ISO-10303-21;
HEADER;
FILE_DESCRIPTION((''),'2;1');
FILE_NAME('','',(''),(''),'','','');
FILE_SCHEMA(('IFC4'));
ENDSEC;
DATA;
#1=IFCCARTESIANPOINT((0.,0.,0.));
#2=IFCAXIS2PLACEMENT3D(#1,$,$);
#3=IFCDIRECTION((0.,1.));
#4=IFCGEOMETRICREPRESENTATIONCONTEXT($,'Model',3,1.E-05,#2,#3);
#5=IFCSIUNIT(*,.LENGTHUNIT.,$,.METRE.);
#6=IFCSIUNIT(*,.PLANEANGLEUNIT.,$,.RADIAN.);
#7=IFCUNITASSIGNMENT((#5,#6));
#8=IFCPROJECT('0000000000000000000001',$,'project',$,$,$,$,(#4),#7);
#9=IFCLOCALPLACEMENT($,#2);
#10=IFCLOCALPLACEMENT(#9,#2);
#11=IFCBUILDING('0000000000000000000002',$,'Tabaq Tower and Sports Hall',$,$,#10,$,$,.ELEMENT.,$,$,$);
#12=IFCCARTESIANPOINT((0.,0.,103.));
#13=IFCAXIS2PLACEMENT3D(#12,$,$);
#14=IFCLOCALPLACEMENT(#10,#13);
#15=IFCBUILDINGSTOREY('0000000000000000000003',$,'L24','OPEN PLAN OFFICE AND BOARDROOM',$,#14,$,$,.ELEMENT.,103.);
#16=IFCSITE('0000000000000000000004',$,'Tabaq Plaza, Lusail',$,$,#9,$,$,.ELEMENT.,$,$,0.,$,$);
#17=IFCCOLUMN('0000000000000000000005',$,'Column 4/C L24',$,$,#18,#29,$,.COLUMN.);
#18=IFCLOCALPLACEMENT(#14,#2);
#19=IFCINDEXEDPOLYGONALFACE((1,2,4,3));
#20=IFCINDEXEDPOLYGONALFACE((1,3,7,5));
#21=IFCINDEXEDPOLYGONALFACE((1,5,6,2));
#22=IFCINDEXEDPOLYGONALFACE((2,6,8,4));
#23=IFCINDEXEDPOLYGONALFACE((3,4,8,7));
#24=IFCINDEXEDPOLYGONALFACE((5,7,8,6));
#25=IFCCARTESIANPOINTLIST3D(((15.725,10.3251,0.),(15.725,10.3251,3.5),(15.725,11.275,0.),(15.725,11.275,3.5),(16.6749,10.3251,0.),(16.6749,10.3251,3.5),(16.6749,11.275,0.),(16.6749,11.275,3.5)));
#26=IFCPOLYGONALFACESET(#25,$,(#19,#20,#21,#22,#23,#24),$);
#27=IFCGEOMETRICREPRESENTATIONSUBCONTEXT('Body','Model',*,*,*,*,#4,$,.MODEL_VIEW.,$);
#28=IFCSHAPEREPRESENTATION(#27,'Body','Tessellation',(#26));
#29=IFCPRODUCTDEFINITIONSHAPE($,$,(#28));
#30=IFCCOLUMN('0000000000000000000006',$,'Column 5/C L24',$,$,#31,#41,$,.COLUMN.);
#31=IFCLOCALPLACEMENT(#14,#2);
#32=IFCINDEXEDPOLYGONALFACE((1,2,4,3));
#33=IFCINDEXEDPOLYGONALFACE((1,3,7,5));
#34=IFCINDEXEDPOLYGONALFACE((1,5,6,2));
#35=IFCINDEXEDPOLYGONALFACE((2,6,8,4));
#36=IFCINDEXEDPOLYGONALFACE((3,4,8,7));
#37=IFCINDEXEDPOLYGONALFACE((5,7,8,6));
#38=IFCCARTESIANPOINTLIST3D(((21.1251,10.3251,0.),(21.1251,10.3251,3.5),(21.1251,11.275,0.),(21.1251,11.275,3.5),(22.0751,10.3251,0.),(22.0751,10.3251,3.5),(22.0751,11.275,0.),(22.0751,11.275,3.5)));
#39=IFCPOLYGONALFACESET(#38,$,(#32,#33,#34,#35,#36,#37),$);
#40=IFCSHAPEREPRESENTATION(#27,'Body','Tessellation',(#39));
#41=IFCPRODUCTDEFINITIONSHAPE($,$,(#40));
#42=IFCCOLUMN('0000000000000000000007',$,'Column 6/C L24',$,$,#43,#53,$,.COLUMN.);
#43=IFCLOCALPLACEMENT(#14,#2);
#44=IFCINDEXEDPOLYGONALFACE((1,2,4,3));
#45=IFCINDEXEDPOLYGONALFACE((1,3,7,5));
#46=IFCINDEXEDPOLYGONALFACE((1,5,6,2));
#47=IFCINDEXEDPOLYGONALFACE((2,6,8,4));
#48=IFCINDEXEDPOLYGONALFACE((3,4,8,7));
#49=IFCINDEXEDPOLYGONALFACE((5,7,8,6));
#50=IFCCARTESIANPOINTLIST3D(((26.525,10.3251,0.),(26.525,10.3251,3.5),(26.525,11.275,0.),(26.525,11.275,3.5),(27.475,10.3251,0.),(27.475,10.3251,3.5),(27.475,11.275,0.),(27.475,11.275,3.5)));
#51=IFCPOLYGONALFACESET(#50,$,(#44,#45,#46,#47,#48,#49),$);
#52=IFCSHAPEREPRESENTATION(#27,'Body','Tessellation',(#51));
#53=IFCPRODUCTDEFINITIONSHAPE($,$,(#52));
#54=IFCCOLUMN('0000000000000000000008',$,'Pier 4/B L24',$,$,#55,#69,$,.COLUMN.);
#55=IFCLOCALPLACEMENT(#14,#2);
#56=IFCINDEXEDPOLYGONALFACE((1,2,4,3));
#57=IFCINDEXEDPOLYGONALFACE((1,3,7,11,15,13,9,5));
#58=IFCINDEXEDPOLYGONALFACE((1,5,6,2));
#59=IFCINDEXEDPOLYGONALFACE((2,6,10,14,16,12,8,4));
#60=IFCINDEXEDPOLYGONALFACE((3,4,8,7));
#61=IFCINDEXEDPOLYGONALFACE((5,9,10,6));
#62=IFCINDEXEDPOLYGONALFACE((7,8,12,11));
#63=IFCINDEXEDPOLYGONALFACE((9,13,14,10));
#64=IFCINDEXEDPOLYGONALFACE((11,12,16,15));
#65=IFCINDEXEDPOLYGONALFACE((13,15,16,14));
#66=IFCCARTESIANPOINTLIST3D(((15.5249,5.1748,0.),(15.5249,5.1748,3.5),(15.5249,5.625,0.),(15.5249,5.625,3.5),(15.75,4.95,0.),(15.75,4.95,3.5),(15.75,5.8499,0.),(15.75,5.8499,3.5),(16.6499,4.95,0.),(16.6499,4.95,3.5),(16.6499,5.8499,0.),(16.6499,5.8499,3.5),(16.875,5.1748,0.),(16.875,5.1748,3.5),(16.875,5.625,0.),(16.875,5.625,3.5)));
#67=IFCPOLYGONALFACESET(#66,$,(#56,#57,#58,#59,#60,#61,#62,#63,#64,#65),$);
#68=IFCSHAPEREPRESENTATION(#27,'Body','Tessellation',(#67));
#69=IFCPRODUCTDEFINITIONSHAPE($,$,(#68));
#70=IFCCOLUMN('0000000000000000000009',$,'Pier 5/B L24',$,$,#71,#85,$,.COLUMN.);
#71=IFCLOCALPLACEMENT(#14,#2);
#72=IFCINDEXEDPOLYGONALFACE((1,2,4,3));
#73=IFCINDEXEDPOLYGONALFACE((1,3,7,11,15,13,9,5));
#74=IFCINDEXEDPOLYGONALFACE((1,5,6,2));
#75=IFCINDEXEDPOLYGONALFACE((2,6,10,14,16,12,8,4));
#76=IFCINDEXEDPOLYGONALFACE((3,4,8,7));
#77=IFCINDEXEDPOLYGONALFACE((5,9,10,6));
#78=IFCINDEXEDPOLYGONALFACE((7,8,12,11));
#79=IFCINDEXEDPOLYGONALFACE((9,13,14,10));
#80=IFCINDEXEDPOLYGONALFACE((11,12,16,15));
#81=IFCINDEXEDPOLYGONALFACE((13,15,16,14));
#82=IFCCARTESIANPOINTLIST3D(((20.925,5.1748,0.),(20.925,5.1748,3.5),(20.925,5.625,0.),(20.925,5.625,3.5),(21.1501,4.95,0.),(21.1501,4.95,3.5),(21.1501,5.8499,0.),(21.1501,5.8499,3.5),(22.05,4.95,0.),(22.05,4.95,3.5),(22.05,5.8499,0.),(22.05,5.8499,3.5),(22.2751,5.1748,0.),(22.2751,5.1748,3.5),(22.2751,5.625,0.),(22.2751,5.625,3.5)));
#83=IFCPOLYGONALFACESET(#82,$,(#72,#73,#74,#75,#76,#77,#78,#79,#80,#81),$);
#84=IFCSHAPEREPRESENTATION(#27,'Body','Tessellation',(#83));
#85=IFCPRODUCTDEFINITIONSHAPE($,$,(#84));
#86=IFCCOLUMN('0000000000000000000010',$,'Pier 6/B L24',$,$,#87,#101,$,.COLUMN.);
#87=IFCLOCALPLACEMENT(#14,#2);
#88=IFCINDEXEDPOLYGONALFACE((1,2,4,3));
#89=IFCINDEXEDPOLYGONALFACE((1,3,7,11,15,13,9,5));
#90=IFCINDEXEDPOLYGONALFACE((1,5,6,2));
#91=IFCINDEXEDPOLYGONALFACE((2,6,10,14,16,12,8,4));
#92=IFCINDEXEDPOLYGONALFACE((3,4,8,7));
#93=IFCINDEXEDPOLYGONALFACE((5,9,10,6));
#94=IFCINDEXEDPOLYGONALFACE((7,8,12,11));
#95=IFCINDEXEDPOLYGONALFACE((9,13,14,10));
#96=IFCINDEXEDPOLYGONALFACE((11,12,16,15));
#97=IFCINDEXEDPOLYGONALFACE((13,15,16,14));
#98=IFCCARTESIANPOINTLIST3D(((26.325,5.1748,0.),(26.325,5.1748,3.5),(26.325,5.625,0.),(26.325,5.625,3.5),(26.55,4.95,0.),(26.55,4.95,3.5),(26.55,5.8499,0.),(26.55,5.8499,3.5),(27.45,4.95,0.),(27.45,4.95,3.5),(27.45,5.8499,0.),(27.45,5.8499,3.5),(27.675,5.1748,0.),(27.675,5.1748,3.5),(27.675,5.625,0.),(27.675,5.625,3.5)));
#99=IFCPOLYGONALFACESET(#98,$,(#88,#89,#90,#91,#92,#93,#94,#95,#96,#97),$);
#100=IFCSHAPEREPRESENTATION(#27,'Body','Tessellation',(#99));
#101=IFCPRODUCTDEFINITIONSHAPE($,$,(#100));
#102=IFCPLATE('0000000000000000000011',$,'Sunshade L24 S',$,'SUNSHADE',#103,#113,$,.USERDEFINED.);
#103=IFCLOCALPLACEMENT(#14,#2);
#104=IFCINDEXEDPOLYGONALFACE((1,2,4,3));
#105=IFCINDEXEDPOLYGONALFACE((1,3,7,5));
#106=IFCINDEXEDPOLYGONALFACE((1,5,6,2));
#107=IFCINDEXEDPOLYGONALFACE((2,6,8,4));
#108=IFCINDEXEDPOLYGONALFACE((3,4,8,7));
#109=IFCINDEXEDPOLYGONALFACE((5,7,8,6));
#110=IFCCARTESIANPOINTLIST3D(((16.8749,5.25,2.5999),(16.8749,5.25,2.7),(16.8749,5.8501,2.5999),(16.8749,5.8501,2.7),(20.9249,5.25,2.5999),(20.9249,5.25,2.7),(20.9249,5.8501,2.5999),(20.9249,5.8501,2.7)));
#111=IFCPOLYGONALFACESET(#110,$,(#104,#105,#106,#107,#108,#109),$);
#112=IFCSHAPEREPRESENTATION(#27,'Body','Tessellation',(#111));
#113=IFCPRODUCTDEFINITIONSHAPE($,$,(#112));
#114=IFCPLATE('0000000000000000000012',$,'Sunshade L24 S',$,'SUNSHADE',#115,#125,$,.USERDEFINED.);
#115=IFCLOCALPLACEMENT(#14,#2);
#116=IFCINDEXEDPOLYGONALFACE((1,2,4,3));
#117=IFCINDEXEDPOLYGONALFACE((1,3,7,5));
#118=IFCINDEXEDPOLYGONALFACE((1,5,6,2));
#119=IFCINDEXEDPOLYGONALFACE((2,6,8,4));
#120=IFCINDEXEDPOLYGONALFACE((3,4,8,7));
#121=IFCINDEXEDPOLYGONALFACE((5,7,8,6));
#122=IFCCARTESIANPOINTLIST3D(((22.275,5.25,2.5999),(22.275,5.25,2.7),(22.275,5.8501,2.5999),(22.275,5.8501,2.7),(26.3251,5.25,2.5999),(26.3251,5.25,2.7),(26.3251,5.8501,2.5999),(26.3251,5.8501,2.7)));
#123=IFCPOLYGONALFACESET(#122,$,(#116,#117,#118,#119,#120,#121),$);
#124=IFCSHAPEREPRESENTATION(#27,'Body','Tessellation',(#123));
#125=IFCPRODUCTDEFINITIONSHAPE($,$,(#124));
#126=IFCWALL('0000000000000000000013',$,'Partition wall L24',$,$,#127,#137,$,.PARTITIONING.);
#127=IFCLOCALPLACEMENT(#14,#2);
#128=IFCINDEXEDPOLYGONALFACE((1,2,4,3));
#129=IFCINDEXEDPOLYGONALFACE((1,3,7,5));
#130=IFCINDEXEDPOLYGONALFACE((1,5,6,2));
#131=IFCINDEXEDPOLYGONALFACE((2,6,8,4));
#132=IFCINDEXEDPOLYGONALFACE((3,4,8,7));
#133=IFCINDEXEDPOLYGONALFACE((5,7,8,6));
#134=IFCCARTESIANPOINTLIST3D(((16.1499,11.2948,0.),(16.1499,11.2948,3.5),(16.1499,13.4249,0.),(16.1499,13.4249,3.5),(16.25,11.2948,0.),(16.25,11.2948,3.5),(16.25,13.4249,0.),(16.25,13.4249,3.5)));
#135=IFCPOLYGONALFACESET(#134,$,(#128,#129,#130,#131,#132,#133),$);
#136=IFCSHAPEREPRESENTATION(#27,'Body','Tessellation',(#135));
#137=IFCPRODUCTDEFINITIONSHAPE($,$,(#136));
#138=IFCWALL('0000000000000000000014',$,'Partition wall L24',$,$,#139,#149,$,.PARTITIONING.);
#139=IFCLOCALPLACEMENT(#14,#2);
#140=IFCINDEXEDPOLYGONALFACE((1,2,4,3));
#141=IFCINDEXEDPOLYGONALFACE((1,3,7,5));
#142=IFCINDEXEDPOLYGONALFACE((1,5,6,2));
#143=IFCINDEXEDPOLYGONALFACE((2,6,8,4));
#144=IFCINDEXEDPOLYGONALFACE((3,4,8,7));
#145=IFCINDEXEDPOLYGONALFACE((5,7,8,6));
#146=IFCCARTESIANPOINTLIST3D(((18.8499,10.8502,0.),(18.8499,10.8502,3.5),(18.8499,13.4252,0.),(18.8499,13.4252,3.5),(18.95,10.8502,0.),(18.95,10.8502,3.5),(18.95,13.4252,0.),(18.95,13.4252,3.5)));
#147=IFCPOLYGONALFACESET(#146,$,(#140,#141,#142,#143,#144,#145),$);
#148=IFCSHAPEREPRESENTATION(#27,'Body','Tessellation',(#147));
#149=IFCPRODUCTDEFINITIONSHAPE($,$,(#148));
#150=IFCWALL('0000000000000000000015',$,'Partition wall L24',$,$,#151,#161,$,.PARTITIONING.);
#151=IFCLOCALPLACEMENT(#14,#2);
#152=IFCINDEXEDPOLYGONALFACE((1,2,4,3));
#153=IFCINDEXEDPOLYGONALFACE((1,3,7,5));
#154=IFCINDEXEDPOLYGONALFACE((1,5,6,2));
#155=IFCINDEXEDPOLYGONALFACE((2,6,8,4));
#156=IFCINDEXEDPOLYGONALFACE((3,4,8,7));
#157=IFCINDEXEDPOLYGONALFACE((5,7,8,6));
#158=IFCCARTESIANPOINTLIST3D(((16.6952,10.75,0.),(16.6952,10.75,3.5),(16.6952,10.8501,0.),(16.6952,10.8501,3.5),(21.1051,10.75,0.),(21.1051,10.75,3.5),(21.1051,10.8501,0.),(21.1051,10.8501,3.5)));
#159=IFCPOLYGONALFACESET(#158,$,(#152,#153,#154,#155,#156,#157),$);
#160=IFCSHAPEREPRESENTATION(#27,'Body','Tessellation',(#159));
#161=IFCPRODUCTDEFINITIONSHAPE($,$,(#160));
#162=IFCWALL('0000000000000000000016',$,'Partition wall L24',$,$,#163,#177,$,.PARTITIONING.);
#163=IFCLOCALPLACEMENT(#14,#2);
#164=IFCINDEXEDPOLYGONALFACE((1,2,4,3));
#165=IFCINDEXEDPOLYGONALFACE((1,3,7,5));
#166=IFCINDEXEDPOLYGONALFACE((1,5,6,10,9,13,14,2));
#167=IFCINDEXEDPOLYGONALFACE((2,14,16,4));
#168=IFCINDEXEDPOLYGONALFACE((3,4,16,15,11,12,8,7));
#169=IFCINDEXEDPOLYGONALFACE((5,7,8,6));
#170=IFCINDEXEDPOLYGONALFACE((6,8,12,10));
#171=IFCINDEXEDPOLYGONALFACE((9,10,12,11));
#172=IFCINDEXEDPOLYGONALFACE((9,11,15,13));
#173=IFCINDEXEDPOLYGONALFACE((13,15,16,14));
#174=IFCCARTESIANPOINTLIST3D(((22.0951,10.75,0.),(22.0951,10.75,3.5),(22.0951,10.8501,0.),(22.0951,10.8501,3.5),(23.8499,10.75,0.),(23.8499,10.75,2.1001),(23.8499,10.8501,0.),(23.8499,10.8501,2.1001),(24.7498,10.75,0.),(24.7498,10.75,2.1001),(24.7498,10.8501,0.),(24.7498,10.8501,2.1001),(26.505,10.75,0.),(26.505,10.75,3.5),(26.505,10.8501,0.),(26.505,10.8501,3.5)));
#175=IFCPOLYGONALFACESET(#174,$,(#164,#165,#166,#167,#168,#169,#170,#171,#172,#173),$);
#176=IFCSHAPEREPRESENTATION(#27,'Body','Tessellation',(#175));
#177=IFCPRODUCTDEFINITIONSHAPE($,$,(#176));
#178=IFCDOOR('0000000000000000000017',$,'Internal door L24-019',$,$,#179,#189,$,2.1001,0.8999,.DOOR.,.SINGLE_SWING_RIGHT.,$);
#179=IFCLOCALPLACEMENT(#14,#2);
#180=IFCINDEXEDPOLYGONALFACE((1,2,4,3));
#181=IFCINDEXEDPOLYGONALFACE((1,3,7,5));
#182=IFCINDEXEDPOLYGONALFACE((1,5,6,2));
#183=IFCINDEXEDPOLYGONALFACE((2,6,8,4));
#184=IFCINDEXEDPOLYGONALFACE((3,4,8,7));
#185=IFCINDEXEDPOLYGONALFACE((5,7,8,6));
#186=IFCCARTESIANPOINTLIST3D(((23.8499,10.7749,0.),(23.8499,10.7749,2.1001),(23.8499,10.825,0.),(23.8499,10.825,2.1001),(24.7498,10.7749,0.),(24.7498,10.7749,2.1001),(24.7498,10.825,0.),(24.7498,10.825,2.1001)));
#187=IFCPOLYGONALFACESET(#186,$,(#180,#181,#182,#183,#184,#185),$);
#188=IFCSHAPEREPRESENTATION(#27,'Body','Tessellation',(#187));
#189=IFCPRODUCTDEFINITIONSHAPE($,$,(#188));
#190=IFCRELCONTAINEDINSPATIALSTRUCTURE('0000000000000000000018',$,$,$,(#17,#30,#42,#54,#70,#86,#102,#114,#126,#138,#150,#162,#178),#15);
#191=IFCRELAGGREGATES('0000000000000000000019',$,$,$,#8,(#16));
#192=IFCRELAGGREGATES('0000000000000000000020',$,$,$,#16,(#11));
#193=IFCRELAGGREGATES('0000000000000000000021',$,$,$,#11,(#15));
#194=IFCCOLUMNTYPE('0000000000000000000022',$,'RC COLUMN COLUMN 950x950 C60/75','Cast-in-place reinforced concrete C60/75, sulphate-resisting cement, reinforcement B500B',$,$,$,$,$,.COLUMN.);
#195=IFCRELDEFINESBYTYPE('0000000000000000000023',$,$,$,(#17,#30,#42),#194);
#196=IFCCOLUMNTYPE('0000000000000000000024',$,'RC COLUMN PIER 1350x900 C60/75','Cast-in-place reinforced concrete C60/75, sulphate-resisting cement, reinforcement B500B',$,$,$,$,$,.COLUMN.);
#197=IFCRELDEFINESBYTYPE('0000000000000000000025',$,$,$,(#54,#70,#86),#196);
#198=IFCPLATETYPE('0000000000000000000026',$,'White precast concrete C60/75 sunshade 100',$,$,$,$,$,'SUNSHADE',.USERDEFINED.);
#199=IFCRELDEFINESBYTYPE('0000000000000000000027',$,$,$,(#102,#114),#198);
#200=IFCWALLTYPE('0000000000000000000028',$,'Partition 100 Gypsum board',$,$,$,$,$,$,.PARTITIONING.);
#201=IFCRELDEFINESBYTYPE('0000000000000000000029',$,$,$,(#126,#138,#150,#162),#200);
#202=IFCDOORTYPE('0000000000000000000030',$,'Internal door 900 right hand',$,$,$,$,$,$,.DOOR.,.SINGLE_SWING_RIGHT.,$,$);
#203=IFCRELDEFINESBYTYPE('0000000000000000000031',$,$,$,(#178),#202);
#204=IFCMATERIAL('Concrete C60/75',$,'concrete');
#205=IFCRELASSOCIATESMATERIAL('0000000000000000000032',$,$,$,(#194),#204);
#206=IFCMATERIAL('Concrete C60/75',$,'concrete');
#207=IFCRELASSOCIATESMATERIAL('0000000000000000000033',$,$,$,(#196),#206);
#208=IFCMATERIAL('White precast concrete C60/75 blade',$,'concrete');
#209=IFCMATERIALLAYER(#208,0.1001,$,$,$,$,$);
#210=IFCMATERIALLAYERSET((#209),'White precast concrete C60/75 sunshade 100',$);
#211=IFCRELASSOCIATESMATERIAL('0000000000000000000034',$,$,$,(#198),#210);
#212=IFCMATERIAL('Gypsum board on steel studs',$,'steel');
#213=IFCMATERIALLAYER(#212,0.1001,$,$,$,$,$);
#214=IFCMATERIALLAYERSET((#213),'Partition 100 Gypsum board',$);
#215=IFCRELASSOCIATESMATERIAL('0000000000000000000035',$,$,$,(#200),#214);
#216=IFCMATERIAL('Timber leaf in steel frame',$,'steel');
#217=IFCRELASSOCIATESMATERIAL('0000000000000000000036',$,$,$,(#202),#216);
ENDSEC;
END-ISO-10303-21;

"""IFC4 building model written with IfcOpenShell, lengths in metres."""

from ifc_helpers import new_model, si_unit, direction, frame, frame_2d, origin, origin_2d, place, context, subcontext, project, spatial, polyline, rectangle, outline, extrude, material, layer, layer_set, material_profile, profile_set, type_object, element, fill, save


model = new_model("IFC4")

# Units and contexts
model_context = context("Model", 3, precision=1e-05, world=origin(), true_north=direction((0.0, 1.0)))
body_context = subcontext(model_context, "Body", "Model", "MODEL_VIEW")
ifc_project = project(units=[si_unit("LENGTHUNIT", "METRE"), si_unit("PLANEANGLEUNIT", "RADIAN")], contexts=[model_context])

# Site, building, storey
site_placement = place(None, origin())
site = spatial("IfcSite", under=ifc_project, at=site_placement, Name="Tabaq Plaza, Lusail", CompositionType="ELEMENT", RefElevation=0.0)
building_placement = place(site_placement, origin())
building = spatial("IfcBuilding", under=site, at=building_placement, Name="Tabaq Tower and Sports Hall", CompositionType="ELEMENT")
storey_placement = place(building_placement, frame((0.0, 0.0, 103.0)))
storey = spatial("IfcBuildingStorey", under=building, at=storey_placement, Name="L24", Description="OPEN PLAN OFFICE AND BOARDROOM", CompositionType="ELEMENT", Elevation=103.0)

# Columns
ifc_material_1 = material(Name="Concrete C60/75", Category="concrete")
ifc_material_profile_1 = material_profile(ifc_material_1, rectangle(XDim=0.95, YDim=0.95, at=origin_2d()), Name="COLUMN 950x950")
ifc_profile_set_1 = profile_set([ifc_material_profile_1], Name="Concrete C60/75")
column_type_1 = type_object("IfcColumnType", Name="RC COLUMN COLUMN 950x950 C60/75", Description="Cast-in-place reinforced concrete C60/75, sulphate-resisting cement, reinforcement B500B", PredefinedType="COLUMN", material=ifc_profile_set_1)
for number, where, z_axis, x_axis, name in (
    (1, (16.2, 10.8, 0.0), (0.0, 0.0, 1.0), (1.0, 0.0, 0.0), "Column 4/C L24"),
    (2, (21.6001, 10.8, 0.0), (0.0, 0.0, 1.0), (1.0, 0.0, 0.0), "Column 5/C L24"),
    (3, (27.0, 10.8, 0.0), (0.0, 0.0, 1.0), (1.0, 0.0, 0.0), "Column 6/C L24"),
):
    element("IfcColumn", number, at=place(storey_placement, frame(where, z_axis=z_axis, x_axis=x_axis)), inside=storey, type_object=column_type_1, Name=name, PredefinedType="COLUMN", context=body_context, shape_type="SweptSolid", body=[
        extrude(rectangle(XDim=0.95, YDim=0.95, at=origin_2d()), origin(), (0.0, 0.0, 1.0), 3.5),
    ])
ifc_material_2 = material(Name="Concrete C60/75", Category="concrete")
ifc_material_profile_2 = material_profile(ifc_material_2, outline(polyline([(-0.45, -0.45), (0.45, -0.45), (0.675, -0.2251), (0.675, 0.2251), (0.45, 0.45), (-0.45, 0.45), (-0.675, 0.2251), (-0.675, -0.2251), (-0.45, -0.45)])), Name="PIER 1350x900")
ifc_profile_set_2 = profile_set([ifc_material_profile_2], Name="Concrete C60/75")
column_type_2 = type_object("IfcColumnType", Name="RC COLUMN PIER 1350x900 C60/75", Description="Cast-in-place reinforced concrete C60/75, sulphate-resisting cement, reinforcement B500B", PredefinedType="COLUMN", material=ifc_profile_set_2)
for number, where, z_axis, x_axis, name in (
    (4, (16.2, 5.3999, 0.0), (0.0, 0.0, 1.0), (1.0, 0.0, 0.0), "Pier 4/B L24"),
    (5, (21.6001, 5.3999, 0.0), (0.0, 0.0, 1.0), (1.0, 0.0, 0.0), "Pier 5/B L24"),
    (6, (27.0, 5.3999, 0.0), (0.0, 0.0, 1.0), (1.0, 0.0, 0.0), "Pier 6/B L24"),
):
    element("IfcColumn", number, at=place(storey_placement, frame(where, z_axis=z_axis, x_axis=x_axis)), inside=storey, type_object=column_type_2, Name=name, PredefinedType="COLUMN", context=body_context, shape_type="SweptSolid", body=[
        extrude(outline(polyline([(-0.45, -0.45), (0.45, -0.45), (0.675, -0.2251), (0.675, 0.2251), (0.45, 0.45), (-0.45, 0.45), (-0.675, 0.2251), (-0.675, -0.2251), (-0.45, -0.45)])), origin(), (0.0, 0.0, 1.0), 3.5),
    ])

# Plates
ifc_material_3 = material(Name="White precast concrete C60/75 blade", Category="concrete")
ifc_layer_1 = layer(ifc_material_3, 0.1001)
ifc_layer_set_1 = layer_set([ifc_layer_1], Name="White precast concrete C60/75 sunshade 100")
plate_type = type_object("IfcPlateType", Name="White precast concrete C60/75 sunshade 100", ElementType="SUNSHADE", PredefinedType="USERDEFINED", material=ifc_layer_set_1)
for number, where, z_axis, x_axis, name in (
    (7, (18.8999, 5.55, 2.5999), (0.0, 0.0, 1.0), (1.0, 0.0, 0.0), "Sunshade L24 S"),
    (8, (24.3, 5.55, 2.5999), (0.0, 0.0, 1.0), (1.0, 0.0, 0.0), "Sunshade L24 S"),
):
    element("IfcPlate", number, at=place(storey_placement, frame(where, z_axis=z_axis, x_axis=x_axis)), inside=storey, type_object=plate_type, Name=name, ObjectType="SUNSHADE", PredefinedType="USERDEFINED", context=body_context, shape_type="SweptSolid", body=[
        extrude(rectangle(XDim=4.05, YDim=0.6001, at=origin_2d()), origin(), (0.0, 0.0, 1.0), 0.1001),
    ])

# Walls
ifc_material_4 = material(Name="Gypsum board on steel studs", Category="steel")
ifc_layer_2 = layer(ifc_material_4, 0.1001)
ifc_layer_set_2 = layer_set([ifc_layer_2], Name="Partition 100 Gypsum board")
wall_type = type_object("IfcWallType", Name="Partition 100 Gypsum board", PredefinedType="PARTITIONING", material=ifc_layer_set_2)
wall_1_placement = place(storey_placement, frame((16.2, 11.2949, 0.0), z_axis=(0.0, 0.0, 1.0), x_axis=(0.0, 1.0, 0.0)))
element("IfcWall", 9, at=wall_1_placement, inside=storey, type_object=wall_type, Name="Partition wall L24", PredefinedType="PARTITIONING", context=body_context, shape_type="SweptSolid", body=[
    extrude(rectangle(XDim=2.1301, YDim=0.1001, at=frame_2d((1.0649, 0.0))), origin(), (0.0, 0.0, 1.0), 3.5),
])
wall_2_placement = place(storey_placement, frame((18.8999, 10.8501, 0.0), z_axis=(0.0, 0.0, 1.0), x_axis=(0.0, 1.0, 0.0)))
element("IfcWall", 10, at=wall_2_placement, inside=storey, type_object=wall_type, Name="Partition wall L24", PredefinedType="PARTITIONING", context=body_context, shape_type="SweptSolid", body=[
    extrude(rectangle(XDim=2.575, YDim=0.1001, at=frame_2d((1.2876, 0.0))), origin(), (0.0, 0.0, 1.0), 3.5),
])
wall_3_placement = place(storey_placement, frame((16.6951, 10.8, 0.0), z_axis=(0.0, 0.0, 1.0), x_axis=(1.0, 0.0, 0.0)))
element("IfcWall", 11, at=wall_3_placement, inside=storey, type_object=wall_type, Name="Partition wall L24", PredefinedType="PARTITIONING", context=body_context, shape_type="SweptSolid", body=[
    extrude(rectangle(XDim=4.4099, YDim=0.1001, at=frame_2d((2.2051, 0.0))), origin(), (0.0, 0.0, 1.0), 3.5),
])

# Wall, opening, door
wall_4_placement = place(storey_placement, frame((22.095, 10.8, 0.0), z_axis=(0.0, 0.0, 1.0), x_axis=(1.0, 0.0, 0.0)))
wall_4 = element("IfcWall", 12, at=wall_4_placement, inside=storey, type_object=wall_type, Name="Partition wall L24", PredefinedType="PARTITIONING", context=body_context, shape_type="SweptSolid", body=[
    extrude(rectangle(XDim=4.4099, YDim=0.1001, at=frame_2d((2.2051, 0.0))), origin(), (0.0, 0.0, 1.0), 3.5),
])
opening_1_placement = place(wall_4_placement, frame((1.7549, 0.0, 0.0)))
opening_1 = element("IfcOpeningElement", 13, at=opening_1_placement, cuts=wall_4, PredefinedType="OPENING", context=body_context, shape_type="SweptSolid", body=[
    extrude(rectangle(XDim=0.8999, YDim=2.1001, at=frame_2d((0.45, 1.05))), frame((0.0, 0.05, 0.0), z_axis=(0.0, -1.0, 0.0), x_axis=(1.0, 0.0, 0.0)), (0.0, 0.0, 1.0), 0.1001),
])
ifc_material_5 = material(Name="Timber leaf in steel frame", Category="steel")
door_type_1 = type_object("IfcDoorType", Name="Internal door 900 right hand", OperationType="SINGLE_SWING_RIGHT", PredefinedType="DOOR", material=ifc_material_5)
door_1_placement = place(opening_1_placement, origin())
door_1 = element("IfcDoor", 14, at=door_1_placement, inside=storey, type_object=door_type_1, Name="Internal door L24-019", OperationType="SINGLE_SWING_RIGHT", OverallHeight=2.1001, OverallWidth=0.8999, PredefinedType="DOOR", context=body_context, shape_type="SweptSolid", body=[
    extrude(rectangle(XDim=0.8999, YDim=2.1001, at=frame_2d((0.45, 1.05))), frame((0.0, 0.0249, 0.0), z_axis=(0.0, -1.0, 0.0), x_axis=(1.0, 0.0, 0.0)), (0.0, 0.0, 1.0), 0.05),
])
fill(opening_1, door_1)

save(model, "model.ifc")
